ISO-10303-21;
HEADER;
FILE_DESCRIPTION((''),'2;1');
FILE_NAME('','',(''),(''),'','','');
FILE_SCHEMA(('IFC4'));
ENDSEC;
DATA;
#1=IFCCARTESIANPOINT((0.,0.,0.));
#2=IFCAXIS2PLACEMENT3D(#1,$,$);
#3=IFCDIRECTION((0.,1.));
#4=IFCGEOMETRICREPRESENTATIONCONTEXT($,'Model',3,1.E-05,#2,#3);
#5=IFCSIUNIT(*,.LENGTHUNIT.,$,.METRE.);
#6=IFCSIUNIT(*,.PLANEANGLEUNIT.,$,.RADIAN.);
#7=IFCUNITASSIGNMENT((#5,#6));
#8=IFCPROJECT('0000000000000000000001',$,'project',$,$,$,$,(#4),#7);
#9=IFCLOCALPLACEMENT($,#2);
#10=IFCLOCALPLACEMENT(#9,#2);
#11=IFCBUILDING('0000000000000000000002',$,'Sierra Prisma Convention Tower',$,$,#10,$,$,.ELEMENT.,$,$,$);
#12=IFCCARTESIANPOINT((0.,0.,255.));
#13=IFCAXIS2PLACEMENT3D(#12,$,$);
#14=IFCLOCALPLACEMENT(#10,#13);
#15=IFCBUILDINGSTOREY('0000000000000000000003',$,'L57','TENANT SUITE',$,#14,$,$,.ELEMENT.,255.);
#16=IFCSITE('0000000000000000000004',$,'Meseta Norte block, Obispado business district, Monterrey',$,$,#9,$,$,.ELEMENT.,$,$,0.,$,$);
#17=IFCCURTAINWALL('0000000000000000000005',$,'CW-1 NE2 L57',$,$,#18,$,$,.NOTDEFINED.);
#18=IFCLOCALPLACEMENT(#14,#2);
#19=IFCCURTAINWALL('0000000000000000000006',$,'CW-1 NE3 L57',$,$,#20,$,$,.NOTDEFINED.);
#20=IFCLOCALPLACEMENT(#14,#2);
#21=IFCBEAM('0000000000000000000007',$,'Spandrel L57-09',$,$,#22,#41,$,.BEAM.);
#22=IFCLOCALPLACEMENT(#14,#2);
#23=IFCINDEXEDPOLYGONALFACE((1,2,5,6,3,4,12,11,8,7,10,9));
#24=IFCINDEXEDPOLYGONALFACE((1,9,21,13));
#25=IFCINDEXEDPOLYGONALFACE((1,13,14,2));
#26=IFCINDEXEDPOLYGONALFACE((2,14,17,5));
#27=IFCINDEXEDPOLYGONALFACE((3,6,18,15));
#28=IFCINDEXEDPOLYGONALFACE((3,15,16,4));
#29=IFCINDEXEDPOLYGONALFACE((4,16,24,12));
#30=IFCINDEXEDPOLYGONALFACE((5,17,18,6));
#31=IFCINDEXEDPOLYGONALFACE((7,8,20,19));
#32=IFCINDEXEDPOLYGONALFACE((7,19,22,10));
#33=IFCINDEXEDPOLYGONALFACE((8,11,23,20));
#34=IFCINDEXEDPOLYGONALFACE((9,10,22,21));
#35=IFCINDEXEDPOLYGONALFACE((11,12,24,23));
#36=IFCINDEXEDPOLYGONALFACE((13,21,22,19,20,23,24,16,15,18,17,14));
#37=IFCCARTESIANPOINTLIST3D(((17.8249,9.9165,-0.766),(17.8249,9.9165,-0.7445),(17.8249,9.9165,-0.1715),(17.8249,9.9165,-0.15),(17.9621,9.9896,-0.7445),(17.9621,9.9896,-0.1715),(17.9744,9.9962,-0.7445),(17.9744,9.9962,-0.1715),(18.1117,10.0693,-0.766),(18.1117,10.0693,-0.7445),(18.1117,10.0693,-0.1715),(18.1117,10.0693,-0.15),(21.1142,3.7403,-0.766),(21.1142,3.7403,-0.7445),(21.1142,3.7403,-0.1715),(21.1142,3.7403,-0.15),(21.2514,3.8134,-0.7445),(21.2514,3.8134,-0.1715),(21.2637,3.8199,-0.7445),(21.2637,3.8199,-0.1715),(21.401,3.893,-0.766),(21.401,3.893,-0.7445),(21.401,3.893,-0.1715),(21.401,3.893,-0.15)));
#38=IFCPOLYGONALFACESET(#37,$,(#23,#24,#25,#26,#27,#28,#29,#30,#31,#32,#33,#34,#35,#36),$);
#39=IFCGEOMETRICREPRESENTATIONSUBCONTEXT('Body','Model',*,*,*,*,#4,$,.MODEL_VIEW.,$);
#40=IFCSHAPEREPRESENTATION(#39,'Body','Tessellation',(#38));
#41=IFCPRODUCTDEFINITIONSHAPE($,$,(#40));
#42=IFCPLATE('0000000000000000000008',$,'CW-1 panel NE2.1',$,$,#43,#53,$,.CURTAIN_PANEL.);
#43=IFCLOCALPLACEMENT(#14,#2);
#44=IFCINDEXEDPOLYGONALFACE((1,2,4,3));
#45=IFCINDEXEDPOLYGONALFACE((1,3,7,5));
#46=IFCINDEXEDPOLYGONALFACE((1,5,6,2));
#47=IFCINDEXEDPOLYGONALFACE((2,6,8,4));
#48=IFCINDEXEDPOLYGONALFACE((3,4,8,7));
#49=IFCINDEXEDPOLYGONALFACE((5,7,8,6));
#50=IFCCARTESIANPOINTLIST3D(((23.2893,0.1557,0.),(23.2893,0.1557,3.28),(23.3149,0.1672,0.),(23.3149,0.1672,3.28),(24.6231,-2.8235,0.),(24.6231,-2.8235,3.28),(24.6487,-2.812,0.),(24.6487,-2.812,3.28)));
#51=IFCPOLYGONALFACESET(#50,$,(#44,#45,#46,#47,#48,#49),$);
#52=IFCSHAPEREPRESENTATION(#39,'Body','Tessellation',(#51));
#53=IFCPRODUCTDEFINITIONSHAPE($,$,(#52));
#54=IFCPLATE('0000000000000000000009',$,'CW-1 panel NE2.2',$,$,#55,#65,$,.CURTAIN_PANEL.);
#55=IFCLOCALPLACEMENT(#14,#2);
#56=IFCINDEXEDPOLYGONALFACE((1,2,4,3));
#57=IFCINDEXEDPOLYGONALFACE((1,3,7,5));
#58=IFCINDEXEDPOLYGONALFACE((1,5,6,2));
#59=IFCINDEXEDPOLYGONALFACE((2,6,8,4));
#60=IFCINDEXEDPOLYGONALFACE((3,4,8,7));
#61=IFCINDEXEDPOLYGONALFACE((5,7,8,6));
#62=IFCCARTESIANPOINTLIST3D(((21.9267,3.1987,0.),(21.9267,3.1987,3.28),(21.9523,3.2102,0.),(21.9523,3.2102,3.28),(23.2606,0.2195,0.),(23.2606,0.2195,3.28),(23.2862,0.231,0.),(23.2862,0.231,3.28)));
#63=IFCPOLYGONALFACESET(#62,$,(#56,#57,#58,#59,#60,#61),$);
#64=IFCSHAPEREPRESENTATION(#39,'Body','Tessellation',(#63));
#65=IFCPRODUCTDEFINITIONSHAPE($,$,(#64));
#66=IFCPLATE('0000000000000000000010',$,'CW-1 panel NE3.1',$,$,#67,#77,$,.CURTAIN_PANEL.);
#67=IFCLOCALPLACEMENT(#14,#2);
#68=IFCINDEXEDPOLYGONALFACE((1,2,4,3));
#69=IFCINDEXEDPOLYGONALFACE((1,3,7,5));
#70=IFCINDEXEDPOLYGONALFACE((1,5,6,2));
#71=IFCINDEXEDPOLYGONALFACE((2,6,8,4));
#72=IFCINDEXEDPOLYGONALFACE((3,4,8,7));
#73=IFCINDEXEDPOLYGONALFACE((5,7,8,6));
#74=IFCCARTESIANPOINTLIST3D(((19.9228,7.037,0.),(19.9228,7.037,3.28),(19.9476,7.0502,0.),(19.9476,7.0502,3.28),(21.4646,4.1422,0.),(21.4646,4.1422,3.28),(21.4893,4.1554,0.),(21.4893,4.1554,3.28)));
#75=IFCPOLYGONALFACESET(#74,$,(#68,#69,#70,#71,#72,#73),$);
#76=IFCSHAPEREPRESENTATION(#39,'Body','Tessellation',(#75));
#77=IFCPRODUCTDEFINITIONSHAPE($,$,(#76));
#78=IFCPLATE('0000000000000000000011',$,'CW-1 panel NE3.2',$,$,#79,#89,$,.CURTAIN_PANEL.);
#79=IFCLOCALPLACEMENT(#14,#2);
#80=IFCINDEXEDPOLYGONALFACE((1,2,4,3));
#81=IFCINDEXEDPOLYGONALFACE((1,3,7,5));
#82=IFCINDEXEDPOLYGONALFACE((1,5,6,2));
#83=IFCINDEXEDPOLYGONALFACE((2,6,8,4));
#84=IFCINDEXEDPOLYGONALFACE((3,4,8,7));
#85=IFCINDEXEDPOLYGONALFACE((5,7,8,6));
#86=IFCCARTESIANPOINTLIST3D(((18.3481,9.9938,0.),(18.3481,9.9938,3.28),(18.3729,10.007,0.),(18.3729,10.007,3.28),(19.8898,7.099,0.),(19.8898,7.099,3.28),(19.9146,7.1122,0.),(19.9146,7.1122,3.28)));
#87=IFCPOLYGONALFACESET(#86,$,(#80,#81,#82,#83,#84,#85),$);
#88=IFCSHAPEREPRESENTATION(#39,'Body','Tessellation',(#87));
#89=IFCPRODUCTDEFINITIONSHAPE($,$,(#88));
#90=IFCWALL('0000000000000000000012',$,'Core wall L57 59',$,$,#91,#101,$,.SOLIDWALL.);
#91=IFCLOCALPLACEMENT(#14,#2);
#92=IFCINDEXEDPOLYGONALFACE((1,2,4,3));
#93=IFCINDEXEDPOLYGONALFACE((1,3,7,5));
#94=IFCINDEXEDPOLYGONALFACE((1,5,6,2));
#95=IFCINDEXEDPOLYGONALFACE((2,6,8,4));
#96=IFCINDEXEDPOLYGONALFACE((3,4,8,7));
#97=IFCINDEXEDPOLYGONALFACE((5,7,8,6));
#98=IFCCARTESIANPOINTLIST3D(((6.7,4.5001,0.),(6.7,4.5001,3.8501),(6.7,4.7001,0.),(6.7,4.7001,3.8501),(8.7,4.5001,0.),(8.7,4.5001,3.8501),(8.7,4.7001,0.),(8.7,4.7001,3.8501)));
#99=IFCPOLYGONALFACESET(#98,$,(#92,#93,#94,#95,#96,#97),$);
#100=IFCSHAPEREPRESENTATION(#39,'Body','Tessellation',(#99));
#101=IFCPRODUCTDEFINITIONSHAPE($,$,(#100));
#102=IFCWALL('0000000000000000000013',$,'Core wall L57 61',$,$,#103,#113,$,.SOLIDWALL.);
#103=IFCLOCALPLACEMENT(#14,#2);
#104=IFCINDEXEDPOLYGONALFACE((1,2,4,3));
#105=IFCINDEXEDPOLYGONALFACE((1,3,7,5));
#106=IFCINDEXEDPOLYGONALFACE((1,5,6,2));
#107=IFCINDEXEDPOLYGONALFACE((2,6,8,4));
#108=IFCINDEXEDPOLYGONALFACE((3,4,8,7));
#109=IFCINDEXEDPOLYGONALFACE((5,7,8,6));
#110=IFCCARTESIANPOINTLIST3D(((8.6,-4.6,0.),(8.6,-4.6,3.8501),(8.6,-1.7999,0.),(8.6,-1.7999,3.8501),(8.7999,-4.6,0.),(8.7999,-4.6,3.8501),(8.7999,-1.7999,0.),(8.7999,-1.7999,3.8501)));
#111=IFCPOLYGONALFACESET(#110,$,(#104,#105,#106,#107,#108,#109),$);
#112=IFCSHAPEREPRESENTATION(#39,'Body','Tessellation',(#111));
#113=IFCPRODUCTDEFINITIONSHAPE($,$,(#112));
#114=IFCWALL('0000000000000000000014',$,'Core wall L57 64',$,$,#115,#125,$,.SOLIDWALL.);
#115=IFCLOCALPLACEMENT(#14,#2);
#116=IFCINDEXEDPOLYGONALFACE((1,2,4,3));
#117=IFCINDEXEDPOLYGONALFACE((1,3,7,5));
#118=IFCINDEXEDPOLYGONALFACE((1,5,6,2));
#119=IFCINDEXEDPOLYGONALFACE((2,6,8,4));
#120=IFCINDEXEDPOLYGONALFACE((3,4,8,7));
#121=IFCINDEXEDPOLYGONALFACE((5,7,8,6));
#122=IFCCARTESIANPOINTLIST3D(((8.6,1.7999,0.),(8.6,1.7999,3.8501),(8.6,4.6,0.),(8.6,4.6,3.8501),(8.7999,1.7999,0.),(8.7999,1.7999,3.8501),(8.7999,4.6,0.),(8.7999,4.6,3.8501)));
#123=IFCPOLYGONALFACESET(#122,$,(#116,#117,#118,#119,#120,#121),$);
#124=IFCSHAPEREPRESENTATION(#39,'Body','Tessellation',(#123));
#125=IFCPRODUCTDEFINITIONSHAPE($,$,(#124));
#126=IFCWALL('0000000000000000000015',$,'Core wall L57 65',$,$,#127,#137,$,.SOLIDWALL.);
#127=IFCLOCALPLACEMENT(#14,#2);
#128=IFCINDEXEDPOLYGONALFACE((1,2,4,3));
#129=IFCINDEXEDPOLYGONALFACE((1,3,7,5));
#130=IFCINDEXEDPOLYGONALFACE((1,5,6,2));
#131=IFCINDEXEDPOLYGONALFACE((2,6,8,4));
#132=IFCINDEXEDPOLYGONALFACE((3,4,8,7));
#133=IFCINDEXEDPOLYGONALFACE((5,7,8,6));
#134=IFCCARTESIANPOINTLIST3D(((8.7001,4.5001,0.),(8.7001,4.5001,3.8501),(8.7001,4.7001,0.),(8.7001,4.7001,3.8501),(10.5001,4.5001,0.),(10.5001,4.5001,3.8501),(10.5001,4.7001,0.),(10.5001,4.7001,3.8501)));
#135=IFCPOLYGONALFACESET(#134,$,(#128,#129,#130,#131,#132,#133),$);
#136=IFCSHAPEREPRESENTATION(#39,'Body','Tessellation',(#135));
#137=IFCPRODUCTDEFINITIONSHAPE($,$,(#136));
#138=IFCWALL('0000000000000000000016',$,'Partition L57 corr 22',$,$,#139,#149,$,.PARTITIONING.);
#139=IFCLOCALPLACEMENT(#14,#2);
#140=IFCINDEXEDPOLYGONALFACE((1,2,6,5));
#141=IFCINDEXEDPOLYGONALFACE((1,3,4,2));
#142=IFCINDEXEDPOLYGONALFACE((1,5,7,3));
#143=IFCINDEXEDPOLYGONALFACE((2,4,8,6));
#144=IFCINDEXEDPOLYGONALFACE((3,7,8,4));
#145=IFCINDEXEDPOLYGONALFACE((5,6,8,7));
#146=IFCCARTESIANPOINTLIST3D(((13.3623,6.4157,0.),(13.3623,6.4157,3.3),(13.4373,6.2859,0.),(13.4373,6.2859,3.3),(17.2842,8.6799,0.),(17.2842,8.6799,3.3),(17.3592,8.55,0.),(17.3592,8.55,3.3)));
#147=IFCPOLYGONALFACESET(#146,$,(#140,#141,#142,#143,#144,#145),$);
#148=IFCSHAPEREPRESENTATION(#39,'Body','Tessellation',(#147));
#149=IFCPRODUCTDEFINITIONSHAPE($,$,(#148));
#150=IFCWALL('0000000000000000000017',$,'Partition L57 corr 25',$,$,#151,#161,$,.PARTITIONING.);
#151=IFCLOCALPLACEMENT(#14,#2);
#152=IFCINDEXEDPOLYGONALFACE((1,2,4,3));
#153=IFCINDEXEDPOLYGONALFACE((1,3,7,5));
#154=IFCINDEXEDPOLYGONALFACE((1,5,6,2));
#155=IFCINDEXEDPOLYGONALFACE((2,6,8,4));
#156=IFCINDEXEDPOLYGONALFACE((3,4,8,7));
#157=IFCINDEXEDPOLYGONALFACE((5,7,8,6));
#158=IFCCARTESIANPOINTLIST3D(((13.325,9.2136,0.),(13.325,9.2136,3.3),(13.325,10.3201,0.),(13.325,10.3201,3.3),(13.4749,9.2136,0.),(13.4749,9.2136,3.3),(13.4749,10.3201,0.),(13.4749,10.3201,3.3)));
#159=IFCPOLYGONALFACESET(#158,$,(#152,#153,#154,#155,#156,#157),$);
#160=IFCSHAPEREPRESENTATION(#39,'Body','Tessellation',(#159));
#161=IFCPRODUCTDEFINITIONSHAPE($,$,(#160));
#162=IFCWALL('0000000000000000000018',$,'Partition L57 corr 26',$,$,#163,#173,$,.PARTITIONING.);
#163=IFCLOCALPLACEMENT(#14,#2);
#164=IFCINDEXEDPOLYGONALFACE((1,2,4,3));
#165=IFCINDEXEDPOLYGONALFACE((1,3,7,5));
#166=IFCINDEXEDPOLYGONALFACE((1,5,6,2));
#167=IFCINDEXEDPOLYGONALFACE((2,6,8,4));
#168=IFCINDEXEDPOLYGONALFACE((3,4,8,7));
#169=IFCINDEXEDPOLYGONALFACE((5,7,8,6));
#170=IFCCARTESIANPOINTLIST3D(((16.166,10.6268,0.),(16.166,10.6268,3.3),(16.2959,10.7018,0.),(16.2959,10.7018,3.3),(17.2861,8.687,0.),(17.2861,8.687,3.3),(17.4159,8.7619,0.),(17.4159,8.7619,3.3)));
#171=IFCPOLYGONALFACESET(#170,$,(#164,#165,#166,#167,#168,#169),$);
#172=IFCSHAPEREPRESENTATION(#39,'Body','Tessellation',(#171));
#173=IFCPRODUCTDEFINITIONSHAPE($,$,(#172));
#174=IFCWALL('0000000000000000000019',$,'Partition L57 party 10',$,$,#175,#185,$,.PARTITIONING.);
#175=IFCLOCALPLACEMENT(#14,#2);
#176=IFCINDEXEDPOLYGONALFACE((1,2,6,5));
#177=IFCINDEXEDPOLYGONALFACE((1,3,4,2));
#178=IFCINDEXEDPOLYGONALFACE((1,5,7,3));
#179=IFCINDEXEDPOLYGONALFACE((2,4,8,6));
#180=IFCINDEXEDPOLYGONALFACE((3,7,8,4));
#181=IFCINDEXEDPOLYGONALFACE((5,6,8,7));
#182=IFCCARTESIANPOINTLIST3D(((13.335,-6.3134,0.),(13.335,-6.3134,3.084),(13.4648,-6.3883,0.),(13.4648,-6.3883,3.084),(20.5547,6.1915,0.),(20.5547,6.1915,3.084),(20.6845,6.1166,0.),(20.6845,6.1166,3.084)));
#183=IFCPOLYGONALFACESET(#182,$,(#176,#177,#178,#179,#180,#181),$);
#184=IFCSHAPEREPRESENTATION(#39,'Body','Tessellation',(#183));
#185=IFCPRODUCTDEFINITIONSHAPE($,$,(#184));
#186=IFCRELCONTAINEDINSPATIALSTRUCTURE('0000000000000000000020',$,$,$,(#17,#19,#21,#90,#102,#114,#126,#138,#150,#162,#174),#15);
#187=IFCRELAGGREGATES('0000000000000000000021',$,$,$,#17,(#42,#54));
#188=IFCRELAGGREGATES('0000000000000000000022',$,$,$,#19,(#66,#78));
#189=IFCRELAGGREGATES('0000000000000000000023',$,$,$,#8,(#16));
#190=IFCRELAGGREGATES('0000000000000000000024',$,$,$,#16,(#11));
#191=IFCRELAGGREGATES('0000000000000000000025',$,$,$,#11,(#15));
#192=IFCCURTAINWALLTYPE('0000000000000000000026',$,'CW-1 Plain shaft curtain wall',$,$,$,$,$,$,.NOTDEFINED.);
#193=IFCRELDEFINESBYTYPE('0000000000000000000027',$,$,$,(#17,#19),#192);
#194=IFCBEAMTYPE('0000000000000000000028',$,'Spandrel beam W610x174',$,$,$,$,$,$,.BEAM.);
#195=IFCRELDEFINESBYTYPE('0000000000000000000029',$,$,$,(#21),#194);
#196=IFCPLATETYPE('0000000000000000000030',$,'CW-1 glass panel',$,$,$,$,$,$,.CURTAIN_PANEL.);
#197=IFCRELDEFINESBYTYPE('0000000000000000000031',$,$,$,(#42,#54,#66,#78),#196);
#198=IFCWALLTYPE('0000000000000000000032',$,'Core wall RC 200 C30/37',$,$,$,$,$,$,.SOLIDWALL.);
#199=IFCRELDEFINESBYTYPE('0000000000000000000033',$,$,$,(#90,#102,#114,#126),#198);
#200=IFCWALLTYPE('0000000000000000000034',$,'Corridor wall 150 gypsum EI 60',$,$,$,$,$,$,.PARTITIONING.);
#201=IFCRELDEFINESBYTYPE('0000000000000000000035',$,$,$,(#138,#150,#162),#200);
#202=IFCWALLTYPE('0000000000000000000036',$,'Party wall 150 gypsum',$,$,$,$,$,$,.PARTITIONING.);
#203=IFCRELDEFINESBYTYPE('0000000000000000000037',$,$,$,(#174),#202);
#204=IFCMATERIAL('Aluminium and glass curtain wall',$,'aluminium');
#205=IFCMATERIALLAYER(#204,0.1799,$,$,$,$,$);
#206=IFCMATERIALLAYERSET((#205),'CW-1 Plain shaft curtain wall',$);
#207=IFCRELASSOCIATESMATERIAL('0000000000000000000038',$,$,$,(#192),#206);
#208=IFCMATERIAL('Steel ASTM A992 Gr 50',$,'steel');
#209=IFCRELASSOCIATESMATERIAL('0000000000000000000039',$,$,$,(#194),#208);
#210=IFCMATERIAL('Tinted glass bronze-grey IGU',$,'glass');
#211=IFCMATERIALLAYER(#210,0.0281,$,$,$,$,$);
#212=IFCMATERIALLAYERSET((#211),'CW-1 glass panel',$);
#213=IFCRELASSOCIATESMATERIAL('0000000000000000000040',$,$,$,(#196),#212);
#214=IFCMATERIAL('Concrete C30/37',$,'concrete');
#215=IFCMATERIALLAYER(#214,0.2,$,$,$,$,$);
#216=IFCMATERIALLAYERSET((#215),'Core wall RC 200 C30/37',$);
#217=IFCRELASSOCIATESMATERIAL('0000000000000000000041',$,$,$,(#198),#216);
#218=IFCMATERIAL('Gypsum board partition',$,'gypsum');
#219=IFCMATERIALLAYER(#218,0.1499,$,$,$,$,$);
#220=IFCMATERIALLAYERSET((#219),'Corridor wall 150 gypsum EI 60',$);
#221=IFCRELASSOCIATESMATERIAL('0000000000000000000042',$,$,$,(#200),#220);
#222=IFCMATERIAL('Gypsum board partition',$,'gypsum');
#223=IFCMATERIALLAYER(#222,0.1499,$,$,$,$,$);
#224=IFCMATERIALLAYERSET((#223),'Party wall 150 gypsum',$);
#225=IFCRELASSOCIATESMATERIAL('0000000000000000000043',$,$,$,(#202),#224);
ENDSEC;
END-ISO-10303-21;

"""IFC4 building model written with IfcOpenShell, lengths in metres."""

from ifc_helpers import new_model, si_unit, direction, frame, frame_2d, origin, origin_2d, place, context, subcontext, project, spatial, rectangle, i_section, extrude, material, layer, layer_set, material_profile, profile_set, type_object, element, aggregate, save


model = new_model("IFC4")

# Units and contexts
model_context = context("Model", 3, precision=1e-05, world=origin(), true_north=direction((0.0, 1.0)))
body_context = subcontext(model_context, "Body", "Model", "MODEL_VIEW")
ifc_project = project(units=[si_unit("LENGTHUNIT", "METRE"), si_unit("PLANEANGLEUNIT", "RADIAN")], contexts=[model_context])

# Site, building, storey
site_placement = place(None, origin())
site = spatial("IfcSite", under=ifc_project, at=site_placement, Name="Meseta Norte block, Obispado business district, Monterrey", CompositionType="ELEMENT", RefElevation=0.0)
building_placement = place(site_placement, origin())
building = spatial("IfcBuilding", under=site, at=building_placement, Name="Sierra Prisma Convention Tower", CompositionType="ELEMENT")
storey_placement = place(building_placement, frame((0.0, 0.0, 255.0)))
storey = spatial("IfcBuildingStorey", under=building, at=storey_placement, Name="L57", Description="TENANT SUITE", CompositionType="ELEMENT", Elevation=255.0)

# Curtain wall
ifc_material_1 = material(Name="Aluminium and glass curtain wall", Category="aluminium")
ifc_layer_1 = layer(ifc_material_1, 0.1799)
ifc_layer_set_1 = layer_set([ifc_layer_1], Name="CW-1 Plain shaft curtain wall")
curtain_wall_type = type_object("IfcCurtainWallType", Name="CW-1 Plain shaft curtain wall", PredefinedType="NOTDEFINED", material=ifc_layer_set_1)
curtain_wall_1_placement = place(storey_placement, origin())
curtain_wall_1 = element("IfcCurtainWall", 1, at=curtain_wall_1_placement, inside=storey, type_object=curtain_wall_type, Name="CW-1 NE2 L57", PredefinedType="NOTDEFINED")

# Curtain wall
curtain_wall_2_placement = place(storey_placement, origin())
curtain_wall_2 = element("IfcCurtainWall", 2, at=curtain_wall_2_placement, inside=storey, type_object=curtain_wall_type, Name="CW-1 NE3 L57", PredefinedType="NOTDEFINED")

# Beam
ifc_material_2 = material(Name="Steel ASTM A992 Gr 50", Category="steel")
ifc_material_profile_1 = material_profile(ifc_material_2, i_section(OverallWidth=0.325, OverallDepth=0.616, WebThickness=0.0139, FlangeThickness=0.0215, at=origin_2d()), Name="W610x174")
ifc_profile_set_1 = profile_set([ifc_material_profile_1], Name="Steel ASTM A992 Gr 50")
beam_type_1 = type_object("IfcBeamType", Name="Spandrel beam W610x174", PredefinedType="BEAM", material=ifc_profile_set_1)
beam_1_placement = place(storey_placement, frame((21.2576, 3.8167, -0.458), z_axis=(-0.470065, 0.882632, 0.0), x_axis=(-0.882632, -0.470065, 0.0)))
element("IfcBeam", 3, at=beam_1_placement, inside=storey, type_object=beam_type_1, Name="Spandrel L57-09", PredefinedType="BEAM", context=body_context, shape_type="SweptSolid", body=[
    extrude(i_section(OverallWidth=0.325, OverallDepth=0.616, WebThickness=0.0139, FlangeThickness=0.0215, at=origin_2d()), origin(), (0.0, 0.0, 1.0), 6.9976),
])

# Plates
ifc_material_3 = material(Name="Tinted glass bronze-grey IGU", Category="glass")
ifc_layer_2 = layer(ifc_material_3, 0.0281)
ifc_layer_set_2 = layer_set([ifc_layer_2], Name="CW-1 glass panel")
plate_type = type_object("IfcPlateType", Name="CW-1 glass panel", PredefinedType="CURTAIN_PANEL", material=ifc_layer_set_2)
plate_1_placement = place(storey_placement, frame((23.969, -1.3281, 0.0), z_axis=(0.0, 0.0, 1.0), x_axis=(-0.408635, 0.912698, 0.0)))
plate_1 = element("IfcPlate", 4, at=plate_1_placement, type_object=plate_type, Name="CW-1 panel NE2.1", PredefinedType="CURTAIN_PANEL", context=body_context, shape_type="SweptSolid", body=[
    extrude(rectangle(XDim=3.2642, YDim=0.0281, at=origin_2d()), origin(), (0.0, 0.0, 1.0), 3.28),
])
plate_2_placement = place(storey_placement, frame((22.6064, 1.7148, 0.0), z_axis=(0.0, 0.0, 1.0), x_axis=(-0.408635, 0.912698, 0.0)))
plate_2 = element("IfcPlate", 5, at=plate_2_placement, type_object=plate_type, Name="CW-1 panel NE2.2", PredefinedType="CURTAIN_PANEL", context=body_context, shape_type="SweptSolid", body=[
    extrude(rectangle(XDim=3.2642, YDim=0.0281, at=origin_2d()), origin(), (0.0, 0.0, 1.0), 3.28),
])
aggregate(curtain_wall_1, [plate_1, plate_2])
plate_3_placement = place(storey_placement, frame((20.7061, 5.5962, 0.0), z_axis=(0.0, 0.0, 1.0), x_axis=(-0.470083, 0.882622, 0.0)))
plate_3 = element("IfcPlate", 6, at=plate_3_placement, type_object=plate_type, Name="CW-1 panel NE3.1", PredefinedType="CURTAIN_PANEL", context=body_context, shape_type="SweptSolid", body=[
    extrude(rectangle(XDim=3.2798, YDim=0.0281, at=origin_2d()), origin(), (0.0, 0.0, 1.0), 3.28),
])
plate_4_placement = place(storey_placement, frame((19.1313, 8.553, 0.0), z_axis=(0.0, 0.0, 1.0), x_axis=(-0.470083, 0.882622, 0.0)))
plate_4 = element("IfcPlate", 7, at=plate_4_placement, type_object=plate_type, Name="CW-1 panel NE3.2", PredefinedType="CURTAIN_PANEL", context=body_context, shape_type="SweptSolid", body=[
    extrude(rectangle(XDim=3.2798, YDim=0.0281, at=origin_2d()), origin(), (0.0, 0.0, 1.0), 3.28),
])
aggregate(curtain_wall_2, [plate_3, plate_4])

# Walls
ifc_material_4 = material(Name="Concrete C30/37", Category="concrete")
ifc_layer_3 = layer(ifc_material_4, 0.2)
ifc_layer_set_3 = layer_set([ifc_layer_3], Name="Core wall RC 200 C30/37")
wall_type_1 = type_object("IfcWallType", Name="Core wall RC 200 C30/37", PredefinedType="SOLIDWALL", material=ifc_layer_set_3)
wall_1_placement = place(storey_placement, frame((8.7, 4.6001, 0.0), z_axis=(0.0, 0.0, 1.0), x_axis=(-1.0, 0.0, 0.0)))
element("IfcWall", 8, at=wall_1_placement, inside=storey, type_object=wall_type_1, Name="Core wall L57 59", PredefinedType="SOLIDWALL", context=body_context, shape_type="SweptSolid", body=[
    extrude(rectangle(XDim=2.0, YDim=0.2, at=frame_2d((1.0, 0.0))), origin(), (0.0, 0.0, 1.0), 3.8501),
])
wall_2_placement = place(storey_placement, frame((8.7, -1.8, 0.0), z_axis=(0.0, 0.0, 1.0), x_axis=(0.0, -1.0, 0.0)))
element("IfcWall", 9, at=wall_2_placement, inside=storey, type_object=wall_type_1, Name="Core wall L57 61", PredefinedType="SOLIDWALL", context=body_context, shape_type="SweptSolid", body=[
    extrude(rectangle(XDim=2.8, YDim=0.2, at=frame_2d((1.3999, 0.0))), origin(), (0.0, 0.0, 1.0), 3.8501),
])

# Walls
wall_3_placement = place(storey_placement, frame((8.7, 1.8, 0.0), z_axis=(0.0, 0.0, 1.0), x_axis=(0.0, 1.0, 0.0)))
element("IfcWall", 10, at=wall_3_placement, inside=storey, type_object=wall_type_1, Name="Core wall L57 64", PredefinedType="SOLIDWALL", context=body_context, shape_type="SweptSolid", body=[
    extrude(rectangle(XDim=2.8, YDim=0.2, at=frame_2d((1.3999, 0.0))), origin(), (0.0, 0.0, 1.0), 3.8501),
])
wall_4_placement = place(storey_placement, frame((10.5, 4.6001, 0.0), z_axis=(0.0, 0.0, 1.0), x_axis=(-1.0, 0.0, 0.0)))
element("IfcWall", 11, at=wall_4_placement, inside=storey, type_object=wall_type_1, Name="Core wall L57 65", PredefinedType="SOLIDWALL", context=body_context, shape_type="SweptSolid", body=[
    extrude(rectangle(XDim=1.8, YDim=0.2, at=frame_2d((0.8999, 0.0))), origin(), (0.0, 0.0, 1.0), 3.8501),
])
ifc_material_5 = material(Name="Gypsum board partition", Category="gypsum")
ifc_layer_4 = layer(ifc_material_5, 0.1499)
ifc_layer_set_4 = layer_set([ifc_layer_4], Name="Corridor wall 150 gypsum EI 60")
wall_type_2 = type_object("IfcWallType", Name="Corridor wall 150 gypsum EI 60", PredefinedType="PARTITIONING", material=ifc_layer_set_4)
wall_5_placement = place(storey_placement, frame((13.3999, 6.3508, 0.0), z_axis=(0.0, 0.0, 1.0), x_axis=(0.866038, 0.499978, 0.0)))
element("IfcWall", 12, at=wall_5_placement, inside=storey, type_object=wall_type_2, Name="Partition L57 corr 22", PredefinedType="PARTITIONING", context=body_context, shape_type="SweptSolid", body=[
    extrude(rectangle(XDim=4.5286, YDim=0.1499, at=frame_2d((2.2642, 0.0))), origin(), (0.0, 0.0, 1.0), 3.3),
])
wall_6_placement = place(storey_placement, frame((13.3999, 9.2136, 0.0), z_axis=(0.0, 0.0, 1.0), x_axis=(0.0, 1.0, 0.0)))
element("IfcWall", 13, at=wall_6_placement, inside=storey, type_object=wall_type_2, Name="Partition L57 corr 25", PredefinedType="PARTITIONING", context=body_context, shape_type="SweptSolid", body=[
    extrude(rectangle(XDim=1.1064, YDim=0.1499, at=frame_2d((0.5532, 0.0))), origin(), (0.0, 0.0, 1.0), 3.3),
])
wall_7_placement = place(storey_placement, frame((17.3511, 8.7244, 0.0), z_axis=(0.0, 0.0, 1.0), x_axis=(-0.500031, 0.866008, 0.0)))
element("IfcWall", 14, at=wall_7_placement, inside=storey, type_object=wall_type_2, Name="Partition L57 corr 26", PredefinedType="PARTITIONING", context=body_context, shape_type="SweptSolid", body=[
    extrude(rectangle(XDim=2.24, YDim=0.1499, at=frame_2d((1.1201, 0.0))), origin(), (0.0, 0.0, 1.0), 3.3),
])
ifc_material_6 = material(Name="Gypsum board partition", Category="gypsum")
ifc_layer_5 = layer(ifc_material_6, 0.1499)
ifc_layer_set_5 = layer_set([ifc_layer_5], Name="Party wall 150 gypsum")
wall_type_3 = type_object("IfcWallType", Name="Party wall 150 gypsum", PredefinedType="PARTITIONING", material=ifc_layer_set_5)
wall_8_placement = place(storey_placement, frame((20.6196, 6.1541, 0.0), z_axis=(0.0, 0.0, 1.0), x_axis=(-0.500002, -0.866025, 0.0)))
element("IfcWall", 15, at=wall_8_placement, inside=storey, type_object=wall_type_3, Name="Partition L57 party 10", PredefinedType="PARTITIONING", context=body_context, shape_type="SweptSolid", body=[
    extrude(rectangle(XDim=14.4395, YDim=0.1499, at=frame_2d((7.2197, 0.0))), origin(), (0.0, 0.0, 1.0), 3.084),
])

save(model, "model.ifc")
